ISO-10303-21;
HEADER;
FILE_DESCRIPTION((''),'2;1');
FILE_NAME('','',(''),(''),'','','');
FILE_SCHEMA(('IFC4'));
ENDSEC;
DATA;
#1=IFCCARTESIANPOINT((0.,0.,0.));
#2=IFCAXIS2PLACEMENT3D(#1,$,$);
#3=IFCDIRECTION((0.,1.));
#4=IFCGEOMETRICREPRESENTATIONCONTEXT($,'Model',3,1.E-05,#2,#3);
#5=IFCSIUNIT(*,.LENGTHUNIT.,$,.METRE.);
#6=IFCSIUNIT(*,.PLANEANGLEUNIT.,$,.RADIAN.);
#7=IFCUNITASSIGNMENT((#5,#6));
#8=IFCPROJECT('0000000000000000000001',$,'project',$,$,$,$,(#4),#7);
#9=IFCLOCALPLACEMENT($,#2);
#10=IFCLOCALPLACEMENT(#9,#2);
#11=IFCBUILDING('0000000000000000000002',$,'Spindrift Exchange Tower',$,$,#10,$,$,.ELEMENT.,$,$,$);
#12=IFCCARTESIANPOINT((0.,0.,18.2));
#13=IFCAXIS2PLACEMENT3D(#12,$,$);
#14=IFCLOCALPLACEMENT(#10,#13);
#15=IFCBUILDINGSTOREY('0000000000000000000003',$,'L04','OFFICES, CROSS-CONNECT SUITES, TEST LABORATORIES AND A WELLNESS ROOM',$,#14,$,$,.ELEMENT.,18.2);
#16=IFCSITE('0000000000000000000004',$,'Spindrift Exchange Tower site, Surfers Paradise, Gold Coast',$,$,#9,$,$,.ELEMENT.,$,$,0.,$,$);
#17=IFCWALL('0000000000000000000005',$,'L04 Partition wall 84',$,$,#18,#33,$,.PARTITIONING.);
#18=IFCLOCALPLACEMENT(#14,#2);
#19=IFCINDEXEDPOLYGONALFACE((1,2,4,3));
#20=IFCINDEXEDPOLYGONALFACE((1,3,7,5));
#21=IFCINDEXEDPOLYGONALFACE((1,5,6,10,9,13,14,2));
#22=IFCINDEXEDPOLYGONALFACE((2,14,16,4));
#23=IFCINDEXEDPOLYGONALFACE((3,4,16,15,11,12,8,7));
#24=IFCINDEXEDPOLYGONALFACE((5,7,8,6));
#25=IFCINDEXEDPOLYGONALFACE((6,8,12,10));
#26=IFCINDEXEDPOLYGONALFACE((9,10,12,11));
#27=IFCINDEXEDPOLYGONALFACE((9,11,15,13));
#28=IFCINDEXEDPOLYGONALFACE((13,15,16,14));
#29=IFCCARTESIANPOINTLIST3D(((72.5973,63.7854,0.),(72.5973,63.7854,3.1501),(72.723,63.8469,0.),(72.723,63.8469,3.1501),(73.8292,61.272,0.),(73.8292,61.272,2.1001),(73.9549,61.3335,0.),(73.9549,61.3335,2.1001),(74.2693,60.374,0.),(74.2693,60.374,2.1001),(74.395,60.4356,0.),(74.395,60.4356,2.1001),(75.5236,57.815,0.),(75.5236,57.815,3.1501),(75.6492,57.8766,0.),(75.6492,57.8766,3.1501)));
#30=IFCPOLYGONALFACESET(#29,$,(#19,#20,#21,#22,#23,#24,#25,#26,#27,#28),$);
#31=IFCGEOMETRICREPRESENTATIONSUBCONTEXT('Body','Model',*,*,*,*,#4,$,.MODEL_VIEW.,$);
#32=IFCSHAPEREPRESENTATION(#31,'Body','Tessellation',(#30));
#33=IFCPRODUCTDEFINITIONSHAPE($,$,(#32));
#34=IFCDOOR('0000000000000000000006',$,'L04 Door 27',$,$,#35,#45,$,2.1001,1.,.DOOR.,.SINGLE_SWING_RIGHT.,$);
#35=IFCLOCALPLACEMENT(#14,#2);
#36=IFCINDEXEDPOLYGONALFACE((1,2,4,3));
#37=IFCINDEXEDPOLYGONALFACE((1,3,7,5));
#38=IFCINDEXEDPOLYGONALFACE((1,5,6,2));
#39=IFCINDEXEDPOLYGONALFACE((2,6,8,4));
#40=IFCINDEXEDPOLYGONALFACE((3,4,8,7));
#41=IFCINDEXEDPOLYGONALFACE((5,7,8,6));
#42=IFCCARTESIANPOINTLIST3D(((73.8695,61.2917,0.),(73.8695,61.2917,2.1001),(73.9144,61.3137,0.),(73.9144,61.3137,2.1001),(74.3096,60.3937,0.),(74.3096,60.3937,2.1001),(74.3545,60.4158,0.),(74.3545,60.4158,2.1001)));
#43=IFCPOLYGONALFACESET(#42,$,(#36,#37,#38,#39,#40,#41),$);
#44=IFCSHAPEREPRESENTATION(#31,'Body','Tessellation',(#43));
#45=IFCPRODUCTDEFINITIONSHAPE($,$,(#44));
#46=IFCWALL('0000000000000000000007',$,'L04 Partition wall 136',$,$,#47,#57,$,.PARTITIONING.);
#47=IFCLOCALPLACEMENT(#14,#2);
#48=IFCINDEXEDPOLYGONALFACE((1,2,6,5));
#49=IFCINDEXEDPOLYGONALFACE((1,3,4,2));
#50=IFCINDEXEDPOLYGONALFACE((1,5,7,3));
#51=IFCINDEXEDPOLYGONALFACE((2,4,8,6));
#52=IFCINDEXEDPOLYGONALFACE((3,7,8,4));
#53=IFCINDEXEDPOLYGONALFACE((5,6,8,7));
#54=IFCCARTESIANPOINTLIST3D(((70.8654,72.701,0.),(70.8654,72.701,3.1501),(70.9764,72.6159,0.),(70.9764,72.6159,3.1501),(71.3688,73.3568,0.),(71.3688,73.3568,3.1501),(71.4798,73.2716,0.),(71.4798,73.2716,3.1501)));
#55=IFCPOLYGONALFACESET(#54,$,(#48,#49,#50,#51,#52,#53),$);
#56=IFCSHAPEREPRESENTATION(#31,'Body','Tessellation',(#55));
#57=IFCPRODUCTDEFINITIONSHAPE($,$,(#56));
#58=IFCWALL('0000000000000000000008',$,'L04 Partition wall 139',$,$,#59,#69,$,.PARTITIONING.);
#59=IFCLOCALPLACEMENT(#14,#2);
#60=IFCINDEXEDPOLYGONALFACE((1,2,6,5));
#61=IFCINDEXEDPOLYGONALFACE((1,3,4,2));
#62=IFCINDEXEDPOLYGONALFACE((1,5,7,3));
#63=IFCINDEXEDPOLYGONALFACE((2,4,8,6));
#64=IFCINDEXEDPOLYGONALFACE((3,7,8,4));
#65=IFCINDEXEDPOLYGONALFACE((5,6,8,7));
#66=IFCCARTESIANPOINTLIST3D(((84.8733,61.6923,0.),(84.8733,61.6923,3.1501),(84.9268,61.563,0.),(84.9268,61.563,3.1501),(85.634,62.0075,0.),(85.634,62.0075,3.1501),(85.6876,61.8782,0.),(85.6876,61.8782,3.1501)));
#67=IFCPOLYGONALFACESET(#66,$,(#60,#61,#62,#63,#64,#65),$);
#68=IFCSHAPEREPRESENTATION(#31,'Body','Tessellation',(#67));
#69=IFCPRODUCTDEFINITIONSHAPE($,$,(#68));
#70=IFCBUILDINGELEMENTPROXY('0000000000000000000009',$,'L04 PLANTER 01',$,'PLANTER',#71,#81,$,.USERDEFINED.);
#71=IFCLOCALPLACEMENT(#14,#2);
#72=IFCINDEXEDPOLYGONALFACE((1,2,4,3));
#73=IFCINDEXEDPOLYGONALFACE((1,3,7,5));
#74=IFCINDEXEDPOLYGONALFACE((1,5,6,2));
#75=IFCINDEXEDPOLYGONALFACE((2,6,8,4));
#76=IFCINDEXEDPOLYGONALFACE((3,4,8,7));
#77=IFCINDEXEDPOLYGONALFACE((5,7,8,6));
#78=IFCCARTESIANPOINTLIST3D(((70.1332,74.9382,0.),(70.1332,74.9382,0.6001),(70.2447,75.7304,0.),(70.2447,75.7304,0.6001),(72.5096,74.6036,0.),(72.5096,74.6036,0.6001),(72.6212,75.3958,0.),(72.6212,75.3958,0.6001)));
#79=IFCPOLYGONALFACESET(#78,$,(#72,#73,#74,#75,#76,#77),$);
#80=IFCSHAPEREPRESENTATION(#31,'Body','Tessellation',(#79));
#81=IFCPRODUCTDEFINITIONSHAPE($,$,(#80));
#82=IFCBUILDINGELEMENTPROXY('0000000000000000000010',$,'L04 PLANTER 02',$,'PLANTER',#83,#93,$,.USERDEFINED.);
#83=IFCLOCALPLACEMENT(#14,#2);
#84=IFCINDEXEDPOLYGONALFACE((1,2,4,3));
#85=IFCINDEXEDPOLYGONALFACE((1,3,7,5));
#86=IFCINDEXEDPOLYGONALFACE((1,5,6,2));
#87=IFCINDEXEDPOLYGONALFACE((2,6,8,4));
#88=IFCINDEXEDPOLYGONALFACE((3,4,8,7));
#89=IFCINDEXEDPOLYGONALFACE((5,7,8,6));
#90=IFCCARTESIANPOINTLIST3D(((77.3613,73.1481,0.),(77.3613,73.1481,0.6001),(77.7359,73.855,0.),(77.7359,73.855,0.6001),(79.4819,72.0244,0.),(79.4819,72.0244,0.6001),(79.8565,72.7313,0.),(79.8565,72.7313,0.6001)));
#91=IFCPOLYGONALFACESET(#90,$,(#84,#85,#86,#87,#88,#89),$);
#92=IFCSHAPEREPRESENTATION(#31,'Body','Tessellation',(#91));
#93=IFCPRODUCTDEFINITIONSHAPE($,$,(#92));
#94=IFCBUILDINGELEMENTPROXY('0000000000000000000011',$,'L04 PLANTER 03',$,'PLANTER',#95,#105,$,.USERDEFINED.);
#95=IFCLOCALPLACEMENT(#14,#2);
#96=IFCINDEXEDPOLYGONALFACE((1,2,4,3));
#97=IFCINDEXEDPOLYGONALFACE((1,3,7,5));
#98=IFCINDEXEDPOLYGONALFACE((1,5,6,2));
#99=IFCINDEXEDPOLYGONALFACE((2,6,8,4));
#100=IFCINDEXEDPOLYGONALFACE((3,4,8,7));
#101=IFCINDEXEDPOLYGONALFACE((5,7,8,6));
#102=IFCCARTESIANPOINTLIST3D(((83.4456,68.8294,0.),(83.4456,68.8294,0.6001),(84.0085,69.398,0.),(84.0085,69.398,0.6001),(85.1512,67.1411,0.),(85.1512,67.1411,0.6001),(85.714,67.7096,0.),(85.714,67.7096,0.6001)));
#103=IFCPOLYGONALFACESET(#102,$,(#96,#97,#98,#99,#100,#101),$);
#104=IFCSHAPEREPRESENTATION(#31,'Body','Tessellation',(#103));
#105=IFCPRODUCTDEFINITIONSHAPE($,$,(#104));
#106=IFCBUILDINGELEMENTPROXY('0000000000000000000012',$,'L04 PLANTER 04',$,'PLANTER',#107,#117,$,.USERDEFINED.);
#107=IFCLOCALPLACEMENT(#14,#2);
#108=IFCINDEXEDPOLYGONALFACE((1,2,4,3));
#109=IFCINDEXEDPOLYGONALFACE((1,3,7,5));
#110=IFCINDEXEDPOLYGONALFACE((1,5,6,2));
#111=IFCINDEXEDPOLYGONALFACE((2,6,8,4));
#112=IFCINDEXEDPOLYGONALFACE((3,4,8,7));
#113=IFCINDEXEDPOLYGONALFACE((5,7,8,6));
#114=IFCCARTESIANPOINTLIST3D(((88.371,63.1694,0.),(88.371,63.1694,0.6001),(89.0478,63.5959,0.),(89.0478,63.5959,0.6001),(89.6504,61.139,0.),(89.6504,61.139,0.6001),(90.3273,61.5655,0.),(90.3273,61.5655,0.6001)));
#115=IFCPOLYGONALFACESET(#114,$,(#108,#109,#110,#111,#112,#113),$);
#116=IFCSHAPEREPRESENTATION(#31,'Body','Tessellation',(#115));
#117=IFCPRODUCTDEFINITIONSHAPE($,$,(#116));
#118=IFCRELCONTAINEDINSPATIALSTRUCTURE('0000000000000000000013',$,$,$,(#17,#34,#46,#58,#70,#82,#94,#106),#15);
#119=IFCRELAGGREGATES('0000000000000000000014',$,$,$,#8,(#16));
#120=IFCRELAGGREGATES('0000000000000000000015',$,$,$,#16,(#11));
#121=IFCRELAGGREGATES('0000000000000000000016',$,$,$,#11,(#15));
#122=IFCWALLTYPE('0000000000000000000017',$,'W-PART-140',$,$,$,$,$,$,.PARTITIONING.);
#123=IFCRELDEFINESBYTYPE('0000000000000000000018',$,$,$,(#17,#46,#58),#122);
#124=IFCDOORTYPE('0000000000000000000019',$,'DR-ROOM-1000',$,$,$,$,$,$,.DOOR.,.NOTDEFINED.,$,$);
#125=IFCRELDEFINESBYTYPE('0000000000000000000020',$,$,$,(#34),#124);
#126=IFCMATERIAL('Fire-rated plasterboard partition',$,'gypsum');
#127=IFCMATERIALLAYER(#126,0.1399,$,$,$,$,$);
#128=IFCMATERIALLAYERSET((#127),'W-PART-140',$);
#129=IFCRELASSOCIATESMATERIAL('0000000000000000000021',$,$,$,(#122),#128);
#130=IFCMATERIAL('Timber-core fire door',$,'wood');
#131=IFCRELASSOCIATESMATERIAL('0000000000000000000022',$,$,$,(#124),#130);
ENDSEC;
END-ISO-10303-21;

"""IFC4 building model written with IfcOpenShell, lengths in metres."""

from ifc_helpers import new_model, si_unit, direction, frame, frame_2d, origin, origin_2d, place, context, subcontext, project, spatial, rectangle, extrude, source, transform, mapped, material, layer, layer_set, type_object, element, fill, save


model = new_model("IFC4")

# Units and contexts
model_context = context("Model", 3, precision=1e-05, world=origin(), true_north=direction((0.0, 1.0)))
body_context = subcontext(model_context, "Body", "Model", "MODEL_VIEW")
ifc_project = project(units=[si_unit("LENGTHUNIT", "METRE"), si_unit("PLANEANGLEUNIT", "RADIAN")], contexts=[model_context])

# Site, building, storey
site_placement = place(None, origin())
site = spatial("IfcSite", under=ifc_project, at=site_placement, Name="Spindrift Exchange Tower site, Surfers Paradise, Gold Coast", CompositionType="ELEMENT", RefElevation=0.0)
building_placement = place(site_placement, origin())
building = spatial("IfcBuilding", under=site, at=building_placement, Name="Spindrift Exchange Tower", CompositionType="ELEMENT")
storey_placement = place(building_placement, frame((0.0, 0.0, 18.2)))
storey = spatial("IfcBuildingStorey", under=building, at=storey_placement, Name="L04", Description="OFFICES, CROSS-CONNECT SUITES, TEST LABORATORIES AND A WELLNESS ROOM", CompositionType="ELEMENT", Elevation=18.2)

# Shared definitions
ifc_material_1 = material(Name="Fire-rated plasterboard partition", Category="gypsum")
ifc_layer_1 = layer(ifc_material_1, 0.1399)
ifc_layer_set_1 = layer_set([ifc_layer_1], Name="W-PART-140")
wall_type_1 = type_object("IfcWallType", Name="W-PART-140", PredefinedType="PARTITIONING", material=ifc_layer_set_1)

# Wall, opening, door
wall_1_placement = place(storey_placement, frame((72.6602, 63.8162, 0.0), z_axis=(0.0, 0.0, 1.0), x_axis=(0.440106, -0.897946, 0.0)))
wall_1 = element("IfcWall", 1, at=wall_1_placement, inside=storey, type_object=wall_type_1, Name="L04 Partition wall 84", PredefinedType="PARTITIONING", context=body_context, shape_type="SweptSolid", body=[
    extrude(rectangle(XDim=6.6489, YDim=0.1399, at=frame_2d((3.3245, 0.0))), origin(), (0.0, 0.0, 1.0), 3.1501),
])
opening_1_placement = place(wall_1_placement, frame((2.7991, 0.0, 0.0)))
opening_1 = element("IfcOpeningElement", 2, at=opening_1_placement, cuts=wall_1, PredefinedType="OPENING", context=body_context, shape_type="SweptSolid", body=[
    extrude(rectangle(XDim=1.0, YDim=2.1001, at=frame_2d((0.5, 1.05))), frame((0.0, 0.0798, 0.0), z_axis=(0.0, -1.0, 0.0), x_axis=(1.0, 0.0, 0.0)), (0.0, 0.0, 1.0), 0.1599),
])
ifc_material_2 = material(Name="Timber-core fire door", Category="wood")
door_type_1 = type_object("IfcDoorType", Name="DR-ROOM-1000", OperationType="NOTDEFINED", PredefinedType="DOOR", material=ifc_material_2)
shared_shape_1 = source(origin(), body_context, "Body", "SweptSolid", [
    extrude(rectangle(XDim=1.0, YDim=2.1001, at=frame_2d((0.5, 1.05))), frame((0.0, 0.0249, 0.0), z_axis=(0.0, -1.0, 0.0), x_axis=(1.0, 0.0, 0.0)), (0.0, 0.0, 1.0), 0.05),
])
door_1_placement = place(opening_1_placement, origin())
door_1 = element("IfcDoor", 3, at=door_1_placement, inside=storey, type_object=door_type_1, Name="L04 Door 27", OperationType="SINGLE_SWING_RIGHT", OverallHeight=2.1001, OverallWidth=1.0, PredefinedType="DOOR", context=body_context, shape_type="MappedRepresentation", body=[
    mapped(shared_shape_1, transform((0.0, 0.0, 0.0), scale=1.0)),
])
fill(opening_1, door_1)

# Walls
wall_2_placement = place(storey_placement, frame((70.9209, 72.6584, 0.0), z_axis=(0.0, 0.0, 1.0), x_axis=(0.60894, 0.793216, 0.0)))
element("IfcWall", 4, at=wall_2_placement, inside=storey, type_object=wall_type_1, Name="L04 Partition wall 136", PredefinedType="PARTITIONING", context=body_context, shape_type="SweptSolid", body=[
    extrude(rectangle(XDim=0.8267, YDim=0.1399, at=frame_2d((0.4133, 0.0))), origin(), (0.0, 0.0, 1.0), 3.1501),
])
wall_3_placement = place(storey_placement, frame((84.9001, 61.6277, 0.0), z_axis=(0.0, 0.0, 1.0), x_axis=(0.923847, 0.382762, 0.0)))
element("IfcWall", 5, at=wall_3_placement, inside=storey, type_object=wall_type_1, Name="L04 Partition wall 139", PredefinedType="PARTITIONING", context=body_context, shape_type="SweptSolid", body=[
    extrude(rectangle(XDim=0.8235, YDim=0.1399, at=frame_2d((0.4116, 0.0))), origin(), (0.0, 0.0, 1.0), 3.1501),
])

# Building element proxies
shared_shape_2 = source(origin(), body_context, "Body", "SweptSolid", [
    extrude(rectangle(XDim=2.3999, YDim=0.8, at=origin_2d()), origin(), (0.0, 0.0, 1.0), 0.6001),
])
for number, where, z_axis, x_axis, name in (
    (6, (71.3772, 75.167, 0.0), (0.0, 0.0, 1.0), (0.99023, -0.139441, 0.0), "L04 PLANTER 01"),
    (7, (78.6089, 72.9397, 0.0), (0.0, 0.0, 1.0), (0.883609, -0.468226, 0.0), "L04 PLANTER 02"),
    (8, (84.5798, 68.2695, 0.0), (0.0, 0.0, 1.0), (0.710674, -0.703521, 0.0), "L04 PLANTER 03"),
    (9, (89.3491, 62.3674, 0.0), (0.0, 0.0, 1.0), (0.533114, -0.846043, 0.0), "L04 PLANTER 04"),
):
    element("IfcBuildingElementProxy", number, at=place(storey_placement, frame(where, z_axis=z_axis, x_axis=x_axis)), inside=storey, Name=name, ObjectType="PLANTER", PredefinedType="USERDEFINED", context=body_context, shape_type="MappedRepresentation", body=[
        mapped(shared_shape_2, transform((0.0, 0.0, 0.0), scale=1.0)),
    ])

save(model, "model.ifc")
